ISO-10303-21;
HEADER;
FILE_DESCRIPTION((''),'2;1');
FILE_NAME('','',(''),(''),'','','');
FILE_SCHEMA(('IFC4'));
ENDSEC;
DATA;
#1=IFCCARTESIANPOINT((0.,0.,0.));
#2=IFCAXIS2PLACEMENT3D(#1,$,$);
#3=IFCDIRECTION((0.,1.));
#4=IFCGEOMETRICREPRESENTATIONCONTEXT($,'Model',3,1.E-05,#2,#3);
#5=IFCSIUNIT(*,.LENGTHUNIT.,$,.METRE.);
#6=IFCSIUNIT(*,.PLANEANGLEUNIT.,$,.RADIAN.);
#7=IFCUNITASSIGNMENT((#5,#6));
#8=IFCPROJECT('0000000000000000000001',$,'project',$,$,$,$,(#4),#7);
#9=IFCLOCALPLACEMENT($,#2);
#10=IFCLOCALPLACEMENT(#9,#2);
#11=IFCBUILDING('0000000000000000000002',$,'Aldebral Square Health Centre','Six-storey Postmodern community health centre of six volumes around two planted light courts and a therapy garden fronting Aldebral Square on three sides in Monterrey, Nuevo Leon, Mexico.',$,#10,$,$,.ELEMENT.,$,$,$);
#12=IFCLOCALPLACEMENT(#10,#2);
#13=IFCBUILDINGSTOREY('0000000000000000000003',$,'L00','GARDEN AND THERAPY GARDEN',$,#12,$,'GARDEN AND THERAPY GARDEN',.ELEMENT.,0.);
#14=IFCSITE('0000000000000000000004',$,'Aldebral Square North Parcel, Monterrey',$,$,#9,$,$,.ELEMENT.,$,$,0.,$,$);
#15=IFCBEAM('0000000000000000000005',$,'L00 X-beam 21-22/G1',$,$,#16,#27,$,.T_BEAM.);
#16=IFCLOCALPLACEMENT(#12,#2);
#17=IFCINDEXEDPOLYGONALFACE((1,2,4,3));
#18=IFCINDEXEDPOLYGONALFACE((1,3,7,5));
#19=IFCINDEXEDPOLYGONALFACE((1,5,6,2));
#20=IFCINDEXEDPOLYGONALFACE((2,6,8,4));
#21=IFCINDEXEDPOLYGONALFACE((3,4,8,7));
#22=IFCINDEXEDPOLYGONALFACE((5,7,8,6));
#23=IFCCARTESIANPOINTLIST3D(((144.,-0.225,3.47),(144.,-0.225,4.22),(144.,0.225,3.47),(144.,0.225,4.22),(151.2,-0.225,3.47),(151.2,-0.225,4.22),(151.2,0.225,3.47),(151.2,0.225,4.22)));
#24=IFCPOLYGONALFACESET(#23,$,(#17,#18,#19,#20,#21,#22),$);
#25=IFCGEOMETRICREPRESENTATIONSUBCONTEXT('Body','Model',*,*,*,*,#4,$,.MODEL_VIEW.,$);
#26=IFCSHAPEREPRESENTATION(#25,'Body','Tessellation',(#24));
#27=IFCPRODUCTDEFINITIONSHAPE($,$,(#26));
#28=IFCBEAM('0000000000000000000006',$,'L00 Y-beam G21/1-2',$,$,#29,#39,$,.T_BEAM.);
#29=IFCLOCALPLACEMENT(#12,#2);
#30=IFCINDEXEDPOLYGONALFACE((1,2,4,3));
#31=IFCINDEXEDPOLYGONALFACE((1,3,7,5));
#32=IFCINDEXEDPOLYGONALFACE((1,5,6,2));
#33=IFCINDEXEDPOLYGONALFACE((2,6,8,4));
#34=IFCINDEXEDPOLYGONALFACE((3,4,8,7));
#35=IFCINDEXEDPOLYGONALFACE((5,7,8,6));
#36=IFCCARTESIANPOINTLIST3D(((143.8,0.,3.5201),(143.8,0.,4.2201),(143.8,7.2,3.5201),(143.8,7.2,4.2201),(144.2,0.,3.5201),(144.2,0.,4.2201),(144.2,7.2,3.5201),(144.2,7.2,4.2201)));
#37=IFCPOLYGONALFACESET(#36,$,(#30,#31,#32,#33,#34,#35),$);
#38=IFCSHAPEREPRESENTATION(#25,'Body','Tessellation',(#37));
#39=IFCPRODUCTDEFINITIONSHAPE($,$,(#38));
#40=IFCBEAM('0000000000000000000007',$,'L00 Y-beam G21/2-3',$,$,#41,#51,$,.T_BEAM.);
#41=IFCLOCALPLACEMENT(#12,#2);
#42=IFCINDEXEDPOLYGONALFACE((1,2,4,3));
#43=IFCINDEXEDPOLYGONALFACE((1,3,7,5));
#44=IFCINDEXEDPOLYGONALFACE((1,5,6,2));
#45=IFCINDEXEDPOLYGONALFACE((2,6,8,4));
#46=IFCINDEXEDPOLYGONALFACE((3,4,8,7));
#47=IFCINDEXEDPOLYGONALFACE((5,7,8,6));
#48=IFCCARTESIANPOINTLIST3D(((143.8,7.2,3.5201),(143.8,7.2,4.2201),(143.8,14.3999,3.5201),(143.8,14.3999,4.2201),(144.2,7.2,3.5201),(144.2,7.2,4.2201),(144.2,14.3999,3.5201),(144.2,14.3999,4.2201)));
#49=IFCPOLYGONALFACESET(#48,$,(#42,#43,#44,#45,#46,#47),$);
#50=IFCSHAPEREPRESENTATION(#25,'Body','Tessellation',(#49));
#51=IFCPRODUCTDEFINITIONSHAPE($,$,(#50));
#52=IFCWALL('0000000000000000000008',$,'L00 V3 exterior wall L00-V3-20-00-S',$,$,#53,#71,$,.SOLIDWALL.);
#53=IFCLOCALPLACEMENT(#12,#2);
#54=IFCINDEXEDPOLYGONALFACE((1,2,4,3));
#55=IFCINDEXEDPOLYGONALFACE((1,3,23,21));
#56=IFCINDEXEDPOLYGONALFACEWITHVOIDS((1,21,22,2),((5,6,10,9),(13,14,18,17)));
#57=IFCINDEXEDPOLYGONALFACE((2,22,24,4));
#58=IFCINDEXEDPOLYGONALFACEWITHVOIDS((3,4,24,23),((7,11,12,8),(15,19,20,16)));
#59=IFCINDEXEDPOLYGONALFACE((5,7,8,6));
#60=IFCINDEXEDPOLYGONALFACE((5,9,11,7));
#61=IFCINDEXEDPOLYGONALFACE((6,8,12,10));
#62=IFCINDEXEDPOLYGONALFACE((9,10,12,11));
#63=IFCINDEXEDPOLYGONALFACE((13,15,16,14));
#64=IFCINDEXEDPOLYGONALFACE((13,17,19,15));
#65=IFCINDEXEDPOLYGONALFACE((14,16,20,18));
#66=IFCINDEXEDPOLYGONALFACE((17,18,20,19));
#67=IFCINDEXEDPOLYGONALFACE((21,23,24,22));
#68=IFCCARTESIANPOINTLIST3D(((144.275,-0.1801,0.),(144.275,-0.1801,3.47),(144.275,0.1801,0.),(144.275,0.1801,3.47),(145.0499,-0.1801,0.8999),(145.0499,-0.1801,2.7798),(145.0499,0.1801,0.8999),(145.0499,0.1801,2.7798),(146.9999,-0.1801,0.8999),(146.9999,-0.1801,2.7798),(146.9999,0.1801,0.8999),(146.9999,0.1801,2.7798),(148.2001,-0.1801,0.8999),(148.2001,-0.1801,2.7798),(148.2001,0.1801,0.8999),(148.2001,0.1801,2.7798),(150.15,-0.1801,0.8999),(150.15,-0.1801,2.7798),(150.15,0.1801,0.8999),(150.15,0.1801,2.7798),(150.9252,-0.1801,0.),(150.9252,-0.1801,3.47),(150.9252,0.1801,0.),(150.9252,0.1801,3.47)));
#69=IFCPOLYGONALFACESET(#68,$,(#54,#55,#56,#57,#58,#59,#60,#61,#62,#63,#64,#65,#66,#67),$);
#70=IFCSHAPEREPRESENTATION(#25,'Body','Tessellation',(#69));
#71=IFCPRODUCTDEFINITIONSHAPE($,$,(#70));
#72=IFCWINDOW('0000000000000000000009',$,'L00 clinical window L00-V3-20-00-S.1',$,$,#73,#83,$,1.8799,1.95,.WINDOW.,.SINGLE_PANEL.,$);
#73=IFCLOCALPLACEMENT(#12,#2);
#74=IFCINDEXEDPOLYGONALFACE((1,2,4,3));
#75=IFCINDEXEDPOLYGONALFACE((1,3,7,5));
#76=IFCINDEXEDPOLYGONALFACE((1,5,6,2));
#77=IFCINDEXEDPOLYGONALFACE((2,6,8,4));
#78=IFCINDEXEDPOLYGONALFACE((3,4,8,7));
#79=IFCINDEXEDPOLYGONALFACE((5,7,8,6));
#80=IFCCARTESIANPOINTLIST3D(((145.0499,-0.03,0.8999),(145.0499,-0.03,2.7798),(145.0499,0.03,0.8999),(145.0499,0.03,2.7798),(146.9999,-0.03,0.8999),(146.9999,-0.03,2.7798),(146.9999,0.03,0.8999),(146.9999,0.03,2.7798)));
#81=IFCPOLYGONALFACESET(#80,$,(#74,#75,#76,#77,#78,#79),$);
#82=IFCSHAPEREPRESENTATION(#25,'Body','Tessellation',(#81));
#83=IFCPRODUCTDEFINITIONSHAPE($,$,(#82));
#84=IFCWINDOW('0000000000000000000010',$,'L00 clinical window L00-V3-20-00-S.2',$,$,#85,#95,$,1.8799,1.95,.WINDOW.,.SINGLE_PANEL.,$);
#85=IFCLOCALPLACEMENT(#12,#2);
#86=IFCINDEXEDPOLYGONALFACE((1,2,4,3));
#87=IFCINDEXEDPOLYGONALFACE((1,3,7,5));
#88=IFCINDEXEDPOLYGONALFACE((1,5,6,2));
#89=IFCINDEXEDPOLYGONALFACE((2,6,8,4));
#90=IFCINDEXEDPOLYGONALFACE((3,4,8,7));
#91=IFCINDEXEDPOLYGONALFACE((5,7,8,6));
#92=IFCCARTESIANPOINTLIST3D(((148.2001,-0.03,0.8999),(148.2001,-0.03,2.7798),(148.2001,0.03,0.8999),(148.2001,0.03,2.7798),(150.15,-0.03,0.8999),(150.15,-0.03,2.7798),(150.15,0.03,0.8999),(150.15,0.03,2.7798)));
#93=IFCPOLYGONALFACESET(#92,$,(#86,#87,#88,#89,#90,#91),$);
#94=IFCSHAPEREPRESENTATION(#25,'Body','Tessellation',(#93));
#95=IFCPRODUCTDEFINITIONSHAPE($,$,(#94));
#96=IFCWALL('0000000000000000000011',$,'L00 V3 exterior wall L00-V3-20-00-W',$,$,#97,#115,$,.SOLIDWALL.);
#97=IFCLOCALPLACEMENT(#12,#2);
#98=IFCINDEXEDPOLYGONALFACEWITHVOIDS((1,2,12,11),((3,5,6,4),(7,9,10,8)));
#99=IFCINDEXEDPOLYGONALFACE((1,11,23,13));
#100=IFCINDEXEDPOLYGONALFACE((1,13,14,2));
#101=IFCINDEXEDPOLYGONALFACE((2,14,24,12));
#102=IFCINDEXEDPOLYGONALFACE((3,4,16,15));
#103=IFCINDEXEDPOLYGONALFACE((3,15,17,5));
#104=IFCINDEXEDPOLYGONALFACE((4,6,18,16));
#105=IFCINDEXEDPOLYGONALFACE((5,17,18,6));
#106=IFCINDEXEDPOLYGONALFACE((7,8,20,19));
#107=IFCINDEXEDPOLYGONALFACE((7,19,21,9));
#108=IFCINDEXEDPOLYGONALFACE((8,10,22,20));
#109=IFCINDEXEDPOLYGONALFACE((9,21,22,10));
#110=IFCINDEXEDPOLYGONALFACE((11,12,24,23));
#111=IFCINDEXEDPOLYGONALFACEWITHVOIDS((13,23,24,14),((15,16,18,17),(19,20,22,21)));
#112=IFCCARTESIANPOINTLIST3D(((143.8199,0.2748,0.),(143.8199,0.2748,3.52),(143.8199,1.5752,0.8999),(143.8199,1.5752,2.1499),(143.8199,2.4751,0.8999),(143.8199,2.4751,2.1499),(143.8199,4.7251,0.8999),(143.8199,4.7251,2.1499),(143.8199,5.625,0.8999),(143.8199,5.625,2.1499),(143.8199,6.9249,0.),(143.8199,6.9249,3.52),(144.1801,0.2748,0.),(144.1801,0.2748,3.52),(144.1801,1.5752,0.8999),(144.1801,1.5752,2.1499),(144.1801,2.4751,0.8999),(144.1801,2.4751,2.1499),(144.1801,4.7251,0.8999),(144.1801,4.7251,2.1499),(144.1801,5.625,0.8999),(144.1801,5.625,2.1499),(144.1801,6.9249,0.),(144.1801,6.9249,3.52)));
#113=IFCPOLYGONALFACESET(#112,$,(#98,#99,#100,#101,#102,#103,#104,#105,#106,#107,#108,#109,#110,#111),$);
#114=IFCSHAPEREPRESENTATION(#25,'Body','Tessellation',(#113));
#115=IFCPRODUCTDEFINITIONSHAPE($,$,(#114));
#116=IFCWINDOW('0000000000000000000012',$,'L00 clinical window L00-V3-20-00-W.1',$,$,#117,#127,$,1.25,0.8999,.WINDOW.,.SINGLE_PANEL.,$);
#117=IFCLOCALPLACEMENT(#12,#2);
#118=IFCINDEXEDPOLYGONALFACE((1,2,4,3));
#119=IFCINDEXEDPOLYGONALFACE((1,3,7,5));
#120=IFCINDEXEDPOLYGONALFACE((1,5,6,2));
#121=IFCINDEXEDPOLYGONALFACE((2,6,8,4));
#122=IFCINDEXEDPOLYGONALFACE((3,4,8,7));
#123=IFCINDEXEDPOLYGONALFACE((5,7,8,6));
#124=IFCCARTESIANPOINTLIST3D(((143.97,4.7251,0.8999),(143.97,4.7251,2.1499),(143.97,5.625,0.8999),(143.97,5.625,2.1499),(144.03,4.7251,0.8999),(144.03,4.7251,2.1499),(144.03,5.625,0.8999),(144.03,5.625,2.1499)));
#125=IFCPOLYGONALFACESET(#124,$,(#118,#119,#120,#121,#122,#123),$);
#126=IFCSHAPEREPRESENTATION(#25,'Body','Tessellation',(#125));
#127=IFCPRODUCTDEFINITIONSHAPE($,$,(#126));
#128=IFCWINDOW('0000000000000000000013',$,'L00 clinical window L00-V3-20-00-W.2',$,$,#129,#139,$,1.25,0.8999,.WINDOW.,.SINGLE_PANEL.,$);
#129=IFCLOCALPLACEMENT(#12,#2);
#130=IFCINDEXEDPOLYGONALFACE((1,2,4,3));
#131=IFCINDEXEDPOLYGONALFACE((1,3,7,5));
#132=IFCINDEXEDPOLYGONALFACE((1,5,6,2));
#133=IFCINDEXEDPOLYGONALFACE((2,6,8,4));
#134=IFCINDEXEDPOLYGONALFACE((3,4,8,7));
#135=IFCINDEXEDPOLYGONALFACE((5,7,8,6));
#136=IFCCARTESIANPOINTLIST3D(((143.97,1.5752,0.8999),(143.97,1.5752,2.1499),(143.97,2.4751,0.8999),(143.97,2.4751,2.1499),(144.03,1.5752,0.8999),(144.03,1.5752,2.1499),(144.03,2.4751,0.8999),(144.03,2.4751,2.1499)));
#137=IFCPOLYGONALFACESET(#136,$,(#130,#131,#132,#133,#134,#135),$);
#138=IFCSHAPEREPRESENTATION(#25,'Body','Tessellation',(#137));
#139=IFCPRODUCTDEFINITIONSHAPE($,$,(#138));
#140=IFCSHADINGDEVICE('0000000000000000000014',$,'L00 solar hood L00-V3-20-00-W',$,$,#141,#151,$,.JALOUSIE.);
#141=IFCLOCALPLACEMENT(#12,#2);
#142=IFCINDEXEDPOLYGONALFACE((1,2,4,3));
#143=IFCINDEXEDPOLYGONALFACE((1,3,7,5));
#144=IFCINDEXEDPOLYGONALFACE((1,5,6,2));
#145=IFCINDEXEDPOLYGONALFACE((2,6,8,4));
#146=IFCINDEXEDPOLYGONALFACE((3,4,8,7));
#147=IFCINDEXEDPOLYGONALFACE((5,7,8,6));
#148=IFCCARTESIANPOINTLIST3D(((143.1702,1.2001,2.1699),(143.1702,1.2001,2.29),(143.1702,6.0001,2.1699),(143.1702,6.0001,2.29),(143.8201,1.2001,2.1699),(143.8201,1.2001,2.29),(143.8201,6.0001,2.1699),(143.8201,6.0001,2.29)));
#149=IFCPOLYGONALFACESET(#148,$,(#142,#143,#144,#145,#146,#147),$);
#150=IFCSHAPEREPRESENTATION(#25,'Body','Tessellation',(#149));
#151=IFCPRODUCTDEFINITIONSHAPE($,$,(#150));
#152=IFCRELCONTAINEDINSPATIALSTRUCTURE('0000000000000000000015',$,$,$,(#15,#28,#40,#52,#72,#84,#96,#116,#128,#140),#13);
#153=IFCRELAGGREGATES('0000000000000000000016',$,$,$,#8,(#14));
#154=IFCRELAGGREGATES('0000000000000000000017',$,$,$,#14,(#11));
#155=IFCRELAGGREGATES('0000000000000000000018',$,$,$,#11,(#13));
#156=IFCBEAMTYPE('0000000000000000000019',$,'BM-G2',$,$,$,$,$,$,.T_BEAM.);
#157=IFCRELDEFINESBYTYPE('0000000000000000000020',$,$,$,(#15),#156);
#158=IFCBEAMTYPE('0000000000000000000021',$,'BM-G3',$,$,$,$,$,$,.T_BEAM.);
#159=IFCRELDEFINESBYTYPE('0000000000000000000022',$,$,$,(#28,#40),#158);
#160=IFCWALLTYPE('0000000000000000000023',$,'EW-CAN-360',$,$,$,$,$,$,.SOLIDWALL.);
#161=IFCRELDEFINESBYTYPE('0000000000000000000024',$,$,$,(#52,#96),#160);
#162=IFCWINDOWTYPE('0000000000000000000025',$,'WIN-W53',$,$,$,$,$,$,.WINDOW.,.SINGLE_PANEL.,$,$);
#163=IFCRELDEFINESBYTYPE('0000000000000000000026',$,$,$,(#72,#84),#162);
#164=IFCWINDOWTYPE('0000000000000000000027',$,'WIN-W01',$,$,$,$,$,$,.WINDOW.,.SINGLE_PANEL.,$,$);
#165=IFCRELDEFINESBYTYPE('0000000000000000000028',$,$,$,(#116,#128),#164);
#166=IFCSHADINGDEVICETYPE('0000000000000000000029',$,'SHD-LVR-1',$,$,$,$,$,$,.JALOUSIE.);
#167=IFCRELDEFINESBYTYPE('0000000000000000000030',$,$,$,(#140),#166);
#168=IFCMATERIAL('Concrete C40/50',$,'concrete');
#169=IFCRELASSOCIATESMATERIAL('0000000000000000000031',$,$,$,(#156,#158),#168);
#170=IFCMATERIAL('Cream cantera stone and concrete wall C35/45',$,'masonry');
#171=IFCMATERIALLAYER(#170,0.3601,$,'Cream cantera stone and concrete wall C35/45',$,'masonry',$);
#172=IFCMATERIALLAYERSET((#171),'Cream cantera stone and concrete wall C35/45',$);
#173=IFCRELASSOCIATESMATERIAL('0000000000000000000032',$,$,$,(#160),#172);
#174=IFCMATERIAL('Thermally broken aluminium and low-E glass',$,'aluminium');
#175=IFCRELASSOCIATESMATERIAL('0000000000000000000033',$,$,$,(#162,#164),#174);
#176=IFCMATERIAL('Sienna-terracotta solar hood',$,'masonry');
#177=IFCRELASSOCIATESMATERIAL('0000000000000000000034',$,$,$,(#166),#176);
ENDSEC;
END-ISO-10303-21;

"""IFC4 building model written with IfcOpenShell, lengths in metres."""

from ifc_helpers import new_model, si_unit, direction, frame, frame_2d, origin, origin_2d, place, context, subcontext, project, spatial, rectangle, extrude, material, layer, layer_set, material_profile, profile_set, type_object, element, fill, save


model = new_model("IFC4")

# Units and contexts
model_context = context("Model", 3, precision=1e-05, world=origin(), true_north=direction((0.0, 1.0)))
body_context = subcontext(model_context, "Body", "Model", "MODEL_VIEW")
ifc_project = project(units=[si_unit("LENGTHUNIT", "METRE"), si_unit("PLANEANGLEUNIT", "RADIAN")], contexts=[model_context])

# Site, building, storey
site_placement = place(None, origin())
site = spatial("IfcSite", under=ifc_project, at=site_placement, Name="Aldebral Square North Parcel, Monterrey", CompositionType="ELEMENT", RefElevation=0.0)
building_placement = place(site_placement, origin())
building = spatial("IfcBuilding", under=site, at=building_placement, Name="Aldebral Square Health Centre", Description="Six-storey Postmodern community health centre of six volumes around two planted light courts and a therapy garden fronting Aldebral Square on three sides in Monterrey, Nuevo Leon, Mexico.", CompositionType="ELEMENT")
storey_placement = place(building_placement, origin())
storey = spatial("IfcBuildingStorey", under=building, at=storey_placement, Name="L00", Description="GARDEN AND THERAPY GARDEN", LongName="GARDEN AND THERAPY GARDEN", CompositionType="ELEMENT", Elevation=0.0)

# Shared definitions
ifc_material_1 = material(Name="Concrete C40/50", Category="concrete")

# Beams
ifc_material_profile_1 = material_profile(ifc_material_1, rectangle(XDim=0.45, YDim=0.75, at=origin_2d()), Name="RC 450x750")
ifc_profile_set_1 = profile_set([ifc_material_profile_1], Name="Concrete C40/50")
beam_type_1 = type_object("IfcBeamType", Name="BM-G2", PredefinedType="T_BEAM", material=ifc_profile_set_1)
beam_1_placement = place(storey_placement, frame((144.0, 0.0, 3.845), z_axis=(1.0, 0.0, 0.0), x_axis=(0.0, 1.0, 0.0)))
element("IfcBeam", 1, at=beam_1_placement, inside=storey, type_object=beam_type_1, Name="L00 X-beam 21-22/G1", PredefinedType="T_BEAM", context=body_context, shape_type="SweptSolid", body=[
    extrude(rectangle(XDim=0.45, YDim=0.75, at=origin_2d()), origin(), (0.0, 0.0, 1.0), 7.2),
])
ifc_material_profile_2 = material_profile(ifc_material_1, rectangle(XDim=0.3999, YDim=0.7, at=origin_2d()), Name="RC 400x700")
ifc_profile_set_2 = profile_set([ifc_material_profile_2], Name="Concrete C40/50")
beam_type_2 = type_object("IfcBeamType", Name="BM-G3", PredefinedType="T_BEAM", material=ifc_profile_set_2)
for number, where, z_axis, x_axis, name in (
    (2, (144.0, 0.0, 3.8701), (0.0, 1.0, 0.0), (-1.0, 0.0, 0.0), "L00 Y-beam G21/1-2"),
    (3, (144.0, 7.2, 3.8701), (0.0, 1.0, 0.0), (-1.0, 0.0, 0.0), "L00 Y-beam G21/2-3"),
):
    element("IfcBeam", number, at=place(storey_placement, frame(where, z_axis=z_axis, x_axis=x_axis)), inside=storey, type_object=beam_type_2, Name=name, PredefinedType="T_BEAM", context=body_context, shape_type="SweptSolid", body=[
        extrude(rectangle(XDim=0.3999, YDim=0.7, at=origin_2d()), origin(), (0.0, 0.0, 1.0), 7.2),
    ])

# Walls, openings, windows
ifc_material_2 = material(Name="Cream cantera stone and concrete wall C35/45", Category="masonry")
ifc_layer_1 = layer(ifc_material_2, 0.3601, Name="Cream cantera stone and concrete wall C35/45", Category="masonry")
ifc_layer_set_1 = layer_set([ifc_layer_1], Name="Cream cantera stone and concrete wall C35/45")
wall_type_1 = type_object("IfcWallType", Name="EW-CAN-360", PredefinedType="SOLIDWALL", material=ifc_layer_set_1)
wall_1_placement = place(storey_placement, frame((144.2749, 0.0, 0.0), z_axis=(0.0, 0.0, 1.0), x_axis=(1.0, 0.0, 0.0)))
wall_1 = element("IfcWall", 4, at=wall_1_placement, inside=storey, type_object=wall_type_1, Name="L00 V3 exterior wall L00-V3-20-00-S", PredefinedType="SOLIDWALL", context=body_context, shape_type="SweptSolid", body=[
    extrude(rectangle(XDim=6.6501, YDim=0.3601, at=frame_2d((3.3252, 0.0))), origin(), (0.0, 0.0, 1.0), 3.47),
])
opening_1_placement = place(wall_1_placement, frame((0.7749, 0.0, 0.8999)))
opening_1 = element("IfcOpeningElement", 5, at=opening_1_placement, cuts=wall_1, PredefinedType="OPENING", context=body_context, shape_type="SweptSolid", body=[
    extrude(rectangle(XDim=1.95, YDim=1.8799, at=frame_2d((0.9751, 0.9399))), frame((0.0, 0.1899, 0.0), z_axis=(0.0, -1.0, 0.0), x_axis=(1.0, 0.0, 0.0)), (0.0, 0.0, 1.0), 0.3801),
])
opening_2_placement = place(wall_1_placement, frame((3.925, 0.0, 0.8999)))
opening_2 = element("IfcOpeningElement", 6, at=opening_2_placement, cuts=wall_1, PredefinedType="OPENING", context=body_context, shape_type="SweptSolid", body=[
    extrude(rectangle(XDim=1.95, YDim=1.8799, at=frame_2d((0.9751, 0.9399))), frame((0.0, 0.1899, 0.0), z_axis=(0.0, -1.0, 0.0), x_axis=(1.0, 0.0, 0.0)), (0.0, 0.0, 1.0), 0.3801),
])
ifc_material_3 = material(Name="Thermally broken aluminium and low-E glass", Category="aluminium")
window_type_1 = type_object("IfcWindowType", Name="WIN-W53", PartitioningType="SINGLE_PANEL", PredefinedType="WINDOW", material=ifc_material_3)
window_1_placement = place(opening_1_placement, origin())
window_1 = element("IfcWindow", 7, at=window_1_placement, inside=storey, type_object=window_type_1, Name="L00 clinical window L00-V3-20-00-S.1", OverallHeight=1.8799, OverallWidth=1.95, PartitioningType="SINGLE_PANEL", PredefinedType="WINDOW", context=body_context, shape_type="SweptSolid", body=[
    extrude(rectangle(XDim=1.95, YDim=1.8799, at=frame_2d((0.9751, 0.9399))), frame((0.0, 0.03, 0.0), z_axis=(0.0, -1.0, 0.0), x_axis=(1.0, 0.0, 0.0)), (0.0, 0.0, 1.0), 0.0601),
])
fill(opening_1, window_1)
window_2_placement = place(opening_2_placement, origin())
window_2 = element("IfcWindow", 8, at=window_2_placement, inside=storey, type_object=window_type_1, Name="L00 clinical window L00-V3-20-00-S.2", OverallHeight=1.8799, OverallWidth=1.95, PartitioningType="SINGLE_PANEL", PredefinedType="WINDOW", context=body_context, shape_type="SweptSolid", body=[
    extrude(rectangle(XDim=1.95, YDim=1.8799, at=frame_2d((0.9751, 0.9399))), frame((0.0, 0.03, 0.0), z_axis=(0.0, -1.0, 0.0), x_axis=(1.0, 0.0, 0.0)), (0.0, 0.0, 1.0), 0.0601),
])
fill(opening_2, window_2)
wall_2_placement = place(storey_placement, frame((144.0, 6.925, 0.0), z_axis=(0.0, 0.0, 1.0), x_axis=(0.0, -1.0, 0.0)))
wall_2 = element("IfcWall", 9, at=wall_2_placement, inside=storey, type_object=wall_type_1, Name="L00 V3 exterior wall L00-V3-20-00-W", PredefinedType="SOLIDWALL", context=body_context, shape_type="SweptSolid", body=[
    extrude(rectangle(XDim=6.6501, YDim=0.3601, at=frame_2d((3.3252, 0.0))), origin(), (0.0, 0.0, 1.0), 3.52),
])
opening_3_placement = place(wall_2_placement, frame((1.3, 0.0, 0.8999)))
opening_3 = element("IfcOpeningElement", 10, at=opening_3_placement, cuts=wall_2, PredefinedType="OPENING", context=body_context, shape_type="SweptSolid", body=[
    extrude(rectangle(XDim=0.8999, YDim=1.25, at=frame_2d((0.45, 0.625))), frame((0.0, 0.1899, 0.0), z_axis=(0.0, -1.0, 0.0), x_axis=(1.0, 0.0, 0.0)), (0.0, 0.0, 1.0), 0.3801),
])
opening_4_placement = place(wall_2_placement, frame((4.45, 0.0, 0.8999)))
opening_4 = element("IfcOpeningElement", 11, at=opening_4_placement, cuts=wall_2, PredefinedType="OPENING", context=body_context, shape_type="SweptSolid", body=[
    extrude(rectangle(XDim=0.8999, YDim=1.25, at=frame_2d((0.45, 0.625))), frame((0.0, 0.1899, 0.0), z_axis=(0.0, -1.0, 0.0), x_axis=(1.0, 0.0, 0.0)), (0.0, 0.0, 1.0), 0.3801),
])
window_type_2 = type_object("IfcWindowType", Name="WIN-W01", PartitioningType="SINGLE_PANEL", PredefinedType="WINDOW", material=ifc_material_3)
window_3_placement = place(opening_3_placement, origin())
window_3 = element("IfcWindow", 12, at=window_3_placement, inside=storey, type_object=window_type_2, Name="L00 clinical window L00-V3-20-00-W.1", OverallHeight=1.25, OverallWidth=0.8999, PartitioningType="SINGLE_PANEL", PredefinedType="WINDOW", context=body_context, shape_type="SweptSolid", body=[
    extrude(rectangle(XDim=0.8999, YDim=1.25, at=frame_2d((0.45, 0.625))), frame((0.0, 0.03, 0.0), z_axis=(0.0, -1.0, 0.0), x_axis=(1.0, 0.0, 0.0)), (0.0, 0.0, 1.0), 0.0601),
])
fill(opening_3, window_3)
window_4_placement = place(opening_4_placement, origin())
window_4 = element("IfcWindow", 13, at=window_4_placement, inside=storey, type_object=window_type_2, Name="L00 clinical window L00-V3-20-00-W.2", OverallHeight=1.25, OverallWidth=0.8999, PartitioningType="SINGLE_PANEL", PredefinedType="WINDOW", context=body_context, shape_type="SweptSolid", body=[
    extrude(rectangle(XDim=0.8999, YDim=1.25, at=frame_2d((0.45, 0.625))), frame((0.0, 0.03, 0.0), z_axis=(0.0, -1.0, 0.0), x_axis=(1.0, 0.0, 0.0)), (0.0, 0.0, 1.0), 0.0601),
])
fill(opening_4, window_4)

# Shading device
ifc_material_4 = material(Name="Sienna-terracotta solar hood", Category="masonry")
shading_device_type = type_object("IfcShadingDeviceType", Name="SHD-LVR-1", PredefinedType="JALOUSIE", material=ifc_material_4)
shading_device_placement = place(storey_placement, frame((143.4951, 3.6001, 2.1699), z_axis=(0.0, 0.0, 1.0), x_axis=(0.0, 1.0, 0.0)))
element("IfcShadingDevice", 14, at=shading_device_placement, inside=storey, type_object=shading_device_type, Name="L00 solar hood L00-V3-20-00-W", PredefinedType="JALOUSIE", context=body_context, shape_type="SweptSolid", body=[
    extrude(rectangle(XDim=4.8, YDim=0.6499, at=origin_2d()), origin(), (0.0, 0.0, 1.0), 0.1201),
])

save(model, "model.ifc")
